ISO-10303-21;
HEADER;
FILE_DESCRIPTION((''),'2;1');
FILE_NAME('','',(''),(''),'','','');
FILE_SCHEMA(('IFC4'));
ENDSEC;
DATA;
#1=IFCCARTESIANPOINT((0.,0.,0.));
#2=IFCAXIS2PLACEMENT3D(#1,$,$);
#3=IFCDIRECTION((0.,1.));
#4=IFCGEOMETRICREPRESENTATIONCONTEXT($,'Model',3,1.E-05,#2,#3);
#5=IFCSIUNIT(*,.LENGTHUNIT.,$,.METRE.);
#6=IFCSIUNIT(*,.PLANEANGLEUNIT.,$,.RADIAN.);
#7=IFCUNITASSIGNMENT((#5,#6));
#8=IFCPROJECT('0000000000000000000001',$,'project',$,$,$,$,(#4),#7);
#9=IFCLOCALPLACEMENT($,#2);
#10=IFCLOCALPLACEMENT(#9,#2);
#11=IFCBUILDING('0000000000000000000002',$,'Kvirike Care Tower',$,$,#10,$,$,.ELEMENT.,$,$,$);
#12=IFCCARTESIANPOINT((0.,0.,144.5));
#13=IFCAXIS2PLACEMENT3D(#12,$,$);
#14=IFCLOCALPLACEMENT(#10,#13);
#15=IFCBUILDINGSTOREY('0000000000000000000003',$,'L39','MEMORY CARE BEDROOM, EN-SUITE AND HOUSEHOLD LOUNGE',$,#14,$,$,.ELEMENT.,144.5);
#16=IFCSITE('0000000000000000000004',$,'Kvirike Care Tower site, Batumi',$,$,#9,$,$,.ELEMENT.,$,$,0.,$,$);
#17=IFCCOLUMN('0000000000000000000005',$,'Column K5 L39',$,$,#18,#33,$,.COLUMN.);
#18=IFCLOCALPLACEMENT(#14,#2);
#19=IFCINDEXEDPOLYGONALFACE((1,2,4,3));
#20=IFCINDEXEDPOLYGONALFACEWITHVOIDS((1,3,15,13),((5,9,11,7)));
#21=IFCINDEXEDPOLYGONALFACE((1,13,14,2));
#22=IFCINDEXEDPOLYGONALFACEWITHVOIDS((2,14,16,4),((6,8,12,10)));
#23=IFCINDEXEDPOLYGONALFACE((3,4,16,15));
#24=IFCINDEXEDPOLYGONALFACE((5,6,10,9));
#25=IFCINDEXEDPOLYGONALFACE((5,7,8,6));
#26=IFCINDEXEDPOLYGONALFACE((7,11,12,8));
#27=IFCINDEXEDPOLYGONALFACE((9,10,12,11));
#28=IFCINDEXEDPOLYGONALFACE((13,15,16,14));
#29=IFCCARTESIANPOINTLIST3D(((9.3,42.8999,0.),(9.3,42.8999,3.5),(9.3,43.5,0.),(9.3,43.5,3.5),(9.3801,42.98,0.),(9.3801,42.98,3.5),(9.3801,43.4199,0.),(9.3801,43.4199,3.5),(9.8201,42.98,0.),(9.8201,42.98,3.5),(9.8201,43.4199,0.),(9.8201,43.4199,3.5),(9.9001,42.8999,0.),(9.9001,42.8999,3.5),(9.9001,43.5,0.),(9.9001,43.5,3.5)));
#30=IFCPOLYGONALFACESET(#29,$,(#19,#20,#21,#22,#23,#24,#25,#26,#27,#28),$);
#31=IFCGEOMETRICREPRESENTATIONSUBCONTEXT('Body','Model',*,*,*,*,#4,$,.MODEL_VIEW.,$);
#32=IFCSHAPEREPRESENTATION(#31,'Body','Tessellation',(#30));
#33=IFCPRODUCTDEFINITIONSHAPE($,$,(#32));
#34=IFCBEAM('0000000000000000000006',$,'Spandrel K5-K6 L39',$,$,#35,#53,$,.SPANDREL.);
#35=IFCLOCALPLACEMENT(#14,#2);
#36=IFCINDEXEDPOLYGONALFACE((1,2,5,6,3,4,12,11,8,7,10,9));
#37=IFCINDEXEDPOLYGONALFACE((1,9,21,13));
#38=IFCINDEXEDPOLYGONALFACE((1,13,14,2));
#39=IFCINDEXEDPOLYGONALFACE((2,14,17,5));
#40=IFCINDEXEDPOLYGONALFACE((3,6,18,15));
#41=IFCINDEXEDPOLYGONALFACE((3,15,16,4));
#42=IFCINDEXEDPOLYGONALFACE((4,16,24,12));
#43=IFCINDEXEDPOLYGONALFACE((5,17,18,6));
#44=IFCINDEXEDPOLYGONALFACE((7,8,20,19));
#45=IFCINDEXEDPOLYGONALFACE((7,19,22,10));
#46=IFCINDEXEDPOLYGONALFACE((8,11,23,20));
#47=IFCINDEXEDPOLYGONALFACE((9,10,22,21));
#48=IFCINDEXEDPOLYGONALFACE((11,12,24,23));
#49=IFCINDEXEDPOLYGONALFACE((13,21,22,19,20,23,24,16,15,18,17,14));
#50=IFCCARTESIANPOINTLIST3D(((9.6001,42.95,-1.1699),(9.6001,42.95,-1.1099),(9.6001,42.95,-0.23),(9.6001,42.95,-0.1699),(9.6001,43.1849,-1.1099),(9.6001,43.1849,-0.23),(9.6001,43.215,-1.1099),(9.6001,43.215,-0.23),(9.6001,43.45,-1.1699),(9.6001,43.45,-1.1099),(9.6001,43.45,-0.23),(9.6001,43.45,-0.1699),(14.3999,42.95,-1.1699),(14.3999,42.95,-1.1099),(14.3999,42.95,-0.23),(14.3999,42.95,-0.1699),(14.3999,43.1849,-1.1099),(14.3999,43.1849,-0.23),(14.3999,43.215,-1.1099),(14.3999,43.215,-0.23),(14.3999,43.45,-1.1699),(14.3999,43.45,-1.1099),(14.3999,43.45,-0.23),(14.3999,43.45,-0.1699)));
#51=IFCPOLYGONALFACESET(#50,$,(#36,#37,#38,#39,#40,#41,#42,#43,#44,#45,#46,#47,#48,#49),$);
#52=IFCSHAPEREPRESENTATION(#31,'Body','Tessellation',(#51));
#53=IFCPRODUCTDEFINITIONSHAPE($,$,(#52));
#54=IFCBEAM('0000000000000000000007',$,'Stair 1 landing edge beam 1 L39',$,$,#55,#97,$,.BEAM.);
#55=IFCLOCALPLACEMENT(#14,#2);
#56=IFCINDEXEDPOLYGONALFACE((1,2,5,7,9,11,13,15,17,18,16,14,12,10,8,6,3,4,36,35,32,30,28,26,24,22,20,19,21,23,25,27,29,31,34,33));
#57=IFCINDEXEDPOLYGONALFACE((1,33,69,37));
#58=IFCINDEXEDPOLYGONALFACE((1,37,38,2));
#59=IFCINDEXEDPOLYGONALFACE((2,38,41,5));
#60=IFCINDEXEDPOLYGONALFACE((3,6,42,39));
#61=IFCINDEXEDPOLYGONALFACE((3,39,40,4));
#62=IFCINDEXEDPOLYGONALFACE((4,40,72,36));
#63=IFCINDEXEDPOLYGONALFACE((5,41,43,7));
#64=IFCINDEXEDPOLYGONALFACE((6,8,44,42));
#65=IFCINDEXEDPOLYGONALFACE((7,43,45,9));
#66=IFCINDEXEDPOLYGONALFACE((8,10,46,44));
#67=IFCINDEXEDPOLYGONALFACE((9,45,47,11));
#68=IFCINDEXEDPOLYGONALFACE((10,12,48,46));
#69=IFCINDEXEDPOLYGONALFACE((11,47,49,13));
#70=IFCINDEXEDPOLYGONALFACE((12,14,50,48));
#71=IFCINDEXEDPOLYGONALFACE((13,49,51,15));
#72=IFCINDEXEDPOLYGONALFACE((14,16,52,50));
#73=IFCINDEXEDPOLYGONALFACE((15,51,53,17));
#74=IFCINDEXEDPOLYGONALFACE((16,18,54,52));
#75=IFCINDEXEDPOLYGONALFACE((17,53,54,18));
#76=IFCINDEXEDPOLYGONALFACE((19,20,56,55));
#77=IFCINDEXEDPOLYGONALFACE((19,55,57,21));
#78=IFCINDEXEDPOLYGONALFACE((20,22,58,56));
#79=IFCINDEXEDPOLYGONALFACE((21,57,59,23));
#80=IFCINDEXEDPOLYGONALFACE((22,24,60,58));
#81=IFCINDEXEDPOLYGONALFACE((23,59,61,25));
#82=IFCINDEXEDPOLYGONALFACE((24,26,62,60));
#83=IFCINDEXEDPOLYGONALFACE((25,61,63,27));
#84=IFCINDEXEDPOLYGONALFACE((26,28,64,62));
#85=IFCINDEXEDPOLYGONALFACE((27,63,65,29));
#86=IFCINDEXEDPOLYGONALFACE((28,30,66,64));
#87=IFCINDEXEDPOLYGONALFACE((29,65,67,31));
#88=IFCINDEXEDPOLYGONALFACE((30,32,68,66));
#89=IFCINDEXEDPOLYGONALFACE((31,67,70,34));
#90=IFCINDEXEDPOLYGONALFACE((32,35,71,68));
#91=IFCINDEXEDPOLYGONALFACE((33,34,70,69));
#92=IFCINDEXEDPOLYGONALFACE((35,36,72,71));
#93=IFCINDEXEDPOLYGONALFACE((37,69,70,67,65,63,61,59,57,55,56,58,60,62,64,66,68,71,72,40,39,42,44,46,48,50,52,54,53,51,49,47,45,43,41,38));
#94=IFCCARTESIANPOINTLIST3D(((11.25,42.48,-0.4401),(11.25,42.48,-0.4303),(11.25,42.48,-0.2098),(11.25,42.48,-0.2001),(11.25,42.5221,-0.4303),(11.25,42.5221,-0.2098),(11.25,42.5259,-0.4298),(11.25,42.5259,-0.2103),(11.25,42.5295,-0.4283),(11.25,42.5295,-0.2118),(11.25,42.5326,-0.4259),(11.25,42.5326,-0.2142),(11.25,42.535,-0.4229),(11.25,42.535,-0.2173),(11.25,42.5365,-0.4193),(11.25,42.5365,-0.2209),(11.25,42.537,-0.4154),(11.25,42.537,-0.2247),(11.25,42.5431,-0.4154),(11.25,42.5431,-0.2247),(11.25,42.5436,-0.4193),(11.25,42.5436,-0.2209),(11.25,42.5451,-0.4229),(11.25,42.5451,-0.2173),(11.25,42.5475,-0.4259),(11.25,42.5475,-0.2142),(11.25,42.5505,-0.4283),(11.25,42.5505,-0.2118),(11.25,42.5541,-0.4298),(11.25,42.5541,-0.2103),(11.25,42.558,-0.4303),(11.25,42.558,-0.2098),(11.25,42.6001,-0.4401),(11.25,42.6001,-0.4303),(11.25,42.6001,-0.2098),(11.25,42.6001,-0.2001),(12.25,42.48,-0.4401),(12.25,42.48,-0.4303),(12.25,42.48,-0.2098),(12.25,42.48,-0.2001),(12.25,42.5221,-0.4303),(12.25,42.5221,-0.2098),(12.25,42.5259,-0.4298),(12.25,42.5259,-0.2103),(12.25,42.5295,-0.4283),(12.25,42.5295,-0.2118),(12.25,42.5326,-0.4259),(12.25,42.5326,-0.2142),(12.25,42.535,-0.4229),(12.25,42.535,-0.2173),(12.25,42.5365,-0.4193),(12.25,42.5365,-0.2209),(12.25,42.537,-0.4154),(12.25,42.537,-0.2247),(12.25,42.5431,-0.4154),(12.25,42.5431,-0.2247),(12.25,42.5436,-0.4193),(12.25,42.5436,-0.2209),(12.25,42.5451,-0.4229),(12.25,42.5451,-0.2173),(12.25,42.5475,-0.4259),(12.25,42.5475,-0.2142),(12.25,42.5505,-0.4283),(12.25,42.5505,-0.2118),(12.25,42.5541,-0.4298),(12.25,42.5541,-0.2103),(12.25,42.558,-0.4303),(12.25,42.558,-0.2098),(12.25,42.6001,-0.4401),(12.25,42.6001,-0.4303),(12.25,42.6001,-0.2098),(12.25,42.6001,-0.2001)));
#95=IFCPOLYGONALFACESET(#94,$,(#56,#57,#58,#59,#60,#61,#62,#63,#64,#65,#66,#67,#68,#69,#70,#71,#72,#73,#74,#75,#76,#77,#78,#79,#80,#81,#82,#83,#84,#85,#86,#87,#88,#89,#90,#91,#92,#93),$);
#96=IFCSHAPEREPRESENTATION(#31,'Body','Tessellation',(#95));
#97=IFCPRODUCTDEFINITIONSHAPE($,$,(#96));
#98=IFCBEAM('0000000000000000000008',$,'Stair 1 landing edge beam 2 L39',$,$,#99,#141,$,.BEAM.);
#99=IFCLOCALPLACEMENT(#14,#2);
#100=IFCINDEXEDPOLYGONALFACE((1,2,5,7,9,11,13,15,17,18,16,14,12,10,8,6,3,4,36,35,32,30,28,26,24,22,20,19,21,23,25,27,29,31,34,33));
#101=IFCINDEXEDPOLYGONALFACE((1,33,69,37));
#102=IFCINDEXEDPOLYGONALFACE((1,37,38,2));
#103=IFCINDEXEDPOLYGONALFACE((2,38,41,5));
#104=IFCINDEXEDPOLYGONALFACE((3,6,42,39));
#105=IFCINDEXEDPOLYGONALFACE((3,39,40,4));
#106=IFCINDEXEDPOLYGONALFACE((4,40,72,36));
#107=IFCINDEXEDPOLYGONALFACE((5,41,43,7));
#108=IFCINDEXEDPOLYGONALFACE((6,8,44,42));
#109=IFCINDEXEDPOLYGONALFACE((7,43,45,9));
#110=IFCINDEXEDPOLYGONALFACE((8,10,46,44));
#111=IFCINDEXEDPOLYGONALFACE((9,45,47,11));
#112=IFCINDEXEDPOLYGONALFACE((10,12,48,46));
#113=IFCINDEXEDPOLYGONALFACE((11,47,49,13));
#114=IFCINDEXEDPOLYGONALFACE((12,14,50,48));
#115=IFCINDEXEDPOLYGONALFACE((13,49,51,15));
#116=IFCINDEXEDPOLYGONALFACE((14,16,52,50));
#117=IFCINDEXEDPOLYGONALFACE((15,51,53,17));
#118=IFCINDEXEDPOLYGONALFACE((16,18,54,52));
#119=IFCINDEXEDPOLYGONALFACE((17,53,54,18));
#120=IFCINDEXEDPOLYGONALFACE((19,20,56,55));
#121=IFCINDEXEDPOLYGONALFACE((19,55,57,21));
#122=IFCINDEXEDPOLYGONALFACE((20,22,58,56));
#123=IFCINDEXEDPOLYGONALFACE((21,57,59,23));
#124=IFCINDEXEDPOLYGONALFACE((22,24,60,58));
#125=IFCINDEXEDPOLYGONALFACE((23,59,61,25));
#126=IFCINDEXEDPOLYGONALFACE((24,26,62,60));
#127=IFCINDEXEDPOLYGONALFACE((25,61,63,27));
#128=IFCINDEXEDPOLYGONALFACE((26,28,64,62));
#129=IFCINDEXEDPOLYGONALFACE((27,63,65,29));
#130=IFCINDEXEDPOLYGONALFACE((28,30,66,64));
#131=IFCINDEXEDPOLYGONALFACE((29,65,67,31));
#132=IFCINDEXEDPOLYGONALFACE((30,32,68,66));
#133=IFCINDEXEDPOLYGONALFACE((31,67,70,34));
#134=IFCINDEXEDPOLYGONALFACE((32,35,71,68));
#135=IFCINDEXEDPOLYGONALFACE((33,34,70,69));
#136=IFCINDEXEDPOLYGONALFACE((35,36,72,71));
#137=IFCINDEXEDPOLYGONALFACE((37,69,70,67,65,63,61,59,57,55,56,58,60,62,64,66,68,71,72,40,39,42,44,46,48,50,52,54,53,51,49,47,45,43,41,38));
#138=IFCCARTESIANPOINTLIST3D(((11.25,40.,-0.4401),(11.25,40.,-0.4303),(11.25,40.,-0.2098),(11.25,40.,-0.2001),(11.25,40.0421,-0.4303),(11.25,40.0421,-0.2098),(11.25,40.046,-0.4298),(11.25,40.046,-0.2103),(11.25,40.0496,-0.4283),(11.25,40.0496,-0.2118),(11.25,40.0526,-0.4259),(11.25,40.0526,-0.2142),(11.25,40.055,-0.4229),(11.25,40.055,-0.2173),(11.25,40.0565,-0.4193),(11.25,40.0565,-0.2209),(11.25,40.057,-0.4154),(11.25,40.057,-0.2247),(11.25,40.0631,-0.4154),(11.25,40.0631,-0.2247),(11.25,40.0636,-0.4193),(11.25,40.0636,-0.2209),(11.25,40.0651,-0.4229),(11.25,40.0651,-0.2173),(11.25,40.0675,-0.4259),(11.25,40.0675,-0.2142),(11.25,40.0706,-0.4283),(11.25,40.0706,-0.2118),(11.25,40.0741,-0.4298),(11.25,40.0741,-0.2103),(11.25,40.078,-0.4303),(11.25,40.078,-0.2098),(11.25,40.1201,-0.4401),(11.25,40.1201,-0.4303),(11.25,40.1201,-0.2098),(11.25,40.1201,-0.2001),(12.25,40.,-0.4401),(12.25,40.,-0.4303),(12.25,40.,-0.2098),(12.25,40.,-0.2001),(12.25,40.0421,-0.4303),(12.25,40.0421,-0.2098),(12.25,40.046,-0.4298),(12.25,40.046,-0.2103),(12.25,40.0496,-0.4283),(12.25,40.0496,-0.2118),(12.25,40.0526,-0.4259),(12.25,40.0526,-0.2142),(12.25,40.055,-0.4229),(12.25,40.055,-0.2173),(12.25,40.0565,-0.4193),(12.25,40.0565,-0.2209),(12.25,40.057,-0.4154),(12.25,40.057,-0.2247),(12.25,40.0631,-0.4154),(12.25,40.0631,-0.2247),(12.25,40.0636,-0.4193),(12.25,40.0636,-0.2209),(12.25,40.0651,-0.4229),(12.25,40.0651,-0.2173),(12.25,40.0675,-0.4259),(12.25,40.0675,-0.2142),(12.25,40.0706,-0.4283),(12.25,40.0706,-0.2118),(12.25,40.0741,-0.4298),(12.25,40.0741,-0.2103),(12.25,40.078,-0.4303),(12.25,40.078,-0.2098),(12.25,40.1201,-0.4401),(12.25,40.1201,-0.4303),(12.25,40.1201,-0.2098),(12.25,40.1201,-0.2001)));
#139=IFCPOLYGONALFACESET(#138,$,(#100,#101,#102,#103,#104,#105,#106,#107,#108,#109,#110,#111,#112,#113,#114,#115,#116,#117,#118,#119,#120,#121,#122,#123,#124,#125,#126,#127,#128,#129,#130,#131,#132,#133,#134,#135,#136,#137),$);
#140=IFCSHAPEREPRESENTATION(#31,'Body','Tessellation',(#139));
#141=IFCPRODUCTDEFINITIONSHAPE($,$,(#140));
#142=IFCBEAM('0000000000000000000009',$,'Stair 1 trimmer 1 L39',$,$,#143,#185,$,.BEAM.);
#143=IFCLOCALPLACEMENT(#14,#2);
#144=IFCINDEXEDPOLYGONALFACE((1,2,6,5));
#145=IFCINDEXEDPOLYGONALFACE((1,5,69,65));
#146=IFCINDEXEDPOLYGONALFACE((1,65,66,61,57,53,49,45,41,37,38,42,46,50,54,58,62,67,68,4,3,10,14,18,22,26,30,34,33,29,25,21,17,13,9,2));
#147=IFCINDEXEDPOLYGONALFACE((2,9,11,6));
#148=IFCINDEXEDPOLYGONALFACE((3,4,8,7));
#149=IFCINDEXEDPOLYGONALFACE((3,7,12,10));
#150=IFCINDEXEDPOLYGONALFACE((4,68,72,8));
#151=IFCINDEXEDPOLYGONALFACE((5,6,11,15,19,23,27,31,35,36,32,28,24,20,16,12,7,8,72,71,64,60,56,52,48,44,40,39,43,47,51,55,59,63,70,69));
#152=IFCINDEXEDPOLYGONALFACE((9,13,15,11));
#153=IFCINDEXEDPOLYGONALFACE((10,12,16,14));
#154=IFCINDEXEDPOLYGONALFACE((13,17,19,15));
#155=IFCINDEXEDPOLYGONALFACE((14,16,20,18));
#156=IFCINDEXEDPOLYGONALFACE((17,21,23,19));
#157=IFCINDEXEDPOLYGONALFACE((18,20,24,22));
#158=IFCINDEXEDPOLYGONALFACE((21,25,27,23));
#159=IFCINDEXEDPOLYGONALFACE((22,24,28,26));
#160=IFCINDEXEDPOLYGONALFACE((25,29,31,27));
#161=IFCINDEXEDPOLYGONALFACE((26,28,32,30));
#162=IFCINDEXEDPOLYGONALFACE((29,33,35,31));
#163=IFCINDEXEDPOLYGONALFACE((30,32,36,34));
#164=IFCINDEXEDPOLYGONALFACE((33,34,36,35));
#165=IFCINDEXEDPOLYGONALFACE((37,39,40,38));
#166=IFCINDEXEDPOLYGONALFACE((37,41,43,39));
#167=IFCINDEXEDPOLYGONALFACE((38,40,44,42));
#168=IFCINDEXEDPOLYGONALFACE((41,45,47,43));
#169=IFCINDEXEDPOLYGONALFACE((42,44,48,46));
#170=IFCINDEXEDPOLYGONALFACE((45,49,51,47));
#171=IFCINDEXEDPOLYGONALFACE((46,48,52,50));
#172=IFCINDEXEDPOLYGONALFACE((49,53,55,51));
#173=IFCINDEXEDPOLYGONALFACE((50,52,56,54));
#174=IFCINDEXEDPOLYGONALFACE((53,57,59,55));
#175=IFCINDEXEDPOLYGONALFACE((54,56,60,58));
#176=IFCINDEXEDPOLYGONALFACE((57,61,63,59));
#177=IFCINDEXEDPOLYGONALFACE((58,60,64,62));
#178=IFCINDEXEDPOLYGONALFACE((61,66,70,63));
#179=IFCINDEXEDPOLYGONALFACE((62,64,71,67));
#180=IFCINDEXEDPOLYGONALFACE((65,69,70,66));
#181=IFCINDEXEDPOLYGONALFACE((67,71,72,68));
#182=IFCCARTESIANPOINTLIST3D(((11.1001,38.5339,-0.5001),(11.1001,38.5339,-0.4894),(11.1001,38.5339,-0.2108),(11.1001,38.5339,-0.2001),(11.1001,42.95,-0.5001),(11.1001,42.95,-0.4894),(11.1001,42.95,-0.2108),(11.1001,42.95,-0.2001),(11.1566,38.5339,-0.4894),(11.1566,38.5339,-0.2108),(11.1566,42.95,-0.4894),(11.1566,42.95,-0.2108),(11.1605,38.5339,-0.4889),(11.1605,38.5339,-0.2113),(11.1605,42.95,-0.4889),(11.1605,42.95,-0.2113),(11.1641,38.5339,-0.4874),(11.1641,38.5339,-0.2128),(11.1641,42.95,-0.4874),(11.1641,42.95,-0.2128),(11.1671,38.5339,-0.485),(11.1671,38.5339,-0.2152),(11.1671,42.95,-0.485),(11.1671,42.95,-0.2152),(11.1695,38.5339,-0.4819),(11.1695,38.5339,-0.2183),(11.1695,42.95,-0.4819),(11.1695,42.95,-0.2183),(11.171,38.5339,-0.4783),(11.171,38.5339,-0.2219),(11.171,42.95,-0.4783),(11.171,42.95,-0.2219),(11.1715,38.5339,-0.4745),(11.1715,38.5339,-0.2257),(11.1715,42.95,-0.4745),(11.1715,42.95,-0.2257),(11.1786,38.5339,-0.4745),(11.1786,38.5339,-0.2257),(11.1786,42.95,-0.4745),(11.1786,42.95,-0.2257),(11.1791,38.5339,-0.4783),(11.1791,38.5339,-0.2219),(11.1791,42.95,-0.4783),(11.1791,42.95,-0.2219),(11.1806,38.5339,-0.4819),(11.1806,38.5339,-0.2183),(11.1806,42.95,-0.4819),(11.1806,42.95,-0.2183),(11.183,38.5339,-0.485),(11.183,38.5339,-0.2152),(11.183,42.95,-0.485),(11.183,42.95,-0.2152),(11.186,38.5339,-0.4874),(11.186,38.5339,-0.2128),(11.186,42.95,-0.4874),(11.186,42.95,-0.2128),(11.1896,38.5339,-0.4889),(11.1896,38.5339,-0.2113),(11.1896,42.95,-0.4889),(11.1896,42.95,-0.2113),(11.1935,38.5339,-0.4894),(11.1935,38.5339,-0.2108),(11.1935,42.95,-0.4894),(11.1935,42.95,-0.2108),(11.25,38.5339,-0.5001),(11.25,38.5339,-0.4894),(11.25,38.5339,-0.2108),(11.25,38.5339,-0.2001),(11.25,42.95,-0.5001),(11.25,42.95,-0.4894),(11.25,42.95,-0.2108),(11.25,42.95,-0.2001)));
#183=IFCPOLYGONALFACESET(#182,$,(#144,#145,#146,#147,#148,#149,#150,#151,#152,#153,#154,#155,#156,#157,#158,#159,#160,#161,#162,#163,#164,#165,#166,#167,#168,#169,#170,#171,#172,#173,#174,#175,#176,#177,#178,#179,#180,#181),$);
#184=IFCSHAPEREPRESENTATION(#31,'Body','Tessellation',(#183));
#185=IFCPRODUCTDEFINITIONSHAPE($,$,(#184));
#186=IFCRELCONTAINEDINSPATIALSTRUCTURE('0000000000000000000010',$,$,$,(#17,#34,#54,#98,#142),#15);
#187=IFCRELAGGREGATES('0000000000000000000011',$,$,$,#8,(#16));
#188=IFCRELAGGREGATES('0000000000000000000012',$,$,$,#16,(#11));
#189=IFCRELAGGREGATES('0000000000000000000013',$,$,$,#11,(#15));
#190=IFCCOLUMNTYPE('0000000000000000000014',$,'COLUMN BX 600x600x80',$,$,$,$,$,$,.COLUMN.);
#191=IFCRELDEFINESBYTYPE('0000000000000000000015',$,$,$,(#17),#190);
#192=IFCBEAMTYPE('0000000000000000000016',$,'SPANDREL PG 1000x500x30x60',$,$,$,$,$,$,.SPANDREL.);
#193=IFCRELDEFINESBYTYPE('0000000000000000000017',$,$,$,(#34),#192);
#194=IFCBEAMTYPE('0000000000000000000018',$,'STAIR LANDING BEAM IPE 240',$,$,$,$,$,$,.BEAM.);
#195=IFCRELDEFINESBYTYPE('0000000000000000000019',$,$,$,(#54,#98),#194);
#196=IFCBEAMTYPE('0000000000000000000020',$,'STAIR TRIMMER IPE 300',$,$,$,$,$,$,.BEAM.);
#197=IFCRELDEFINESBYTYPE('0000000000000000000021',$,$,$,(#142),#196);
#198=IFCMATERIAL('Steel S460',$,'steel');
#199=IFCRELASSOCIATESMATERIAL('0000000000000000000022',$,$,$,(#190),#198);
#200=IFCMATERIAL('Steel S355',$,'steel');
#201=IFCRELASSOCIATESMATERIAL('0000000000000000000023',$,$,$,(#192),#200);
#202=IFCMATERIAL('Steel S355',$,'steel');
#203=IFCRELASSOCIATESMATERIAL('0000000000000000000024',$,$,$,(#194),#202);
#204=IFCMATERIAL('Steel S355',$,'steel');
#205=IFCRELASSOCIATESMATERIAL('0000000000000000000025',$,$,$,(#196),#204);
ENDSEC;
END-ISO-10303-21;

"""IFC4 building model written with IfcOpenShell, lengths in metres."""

from ifc_helpers import new_model, si_unit, direction, frame, origin, origin_2d, place, context, subcontext, project, spatial, hollow_rectangle, i_section, extrude, material, material_profile, profile_set, type_object, element, save


model = new_model("IFC4")

# Units and contexts
model_context = context("Model", 3, precision=1e-05, world=origin(), true_north=direction((0.0, 1.0)))
body_context = subcontext(model_context, "Body", "Model", "MODEL_VIEW")
ifc_project = project(units=[si_unit("LENGTHUNIT", "METRE"), si_unit("PLANEANGLEUNIT", "RADIAN")], contexts=[model_context])

# Site, building, storey
site_placement = place(None, origin())
site = spatial("IfcSite", under=ifc_project, at=site_placement, Name="Kvirike Care Tower site, Batumi", CompositionType="ELEMENT", RefElevation=0.0)
building_placement = place(site_placement, origin())
building = spatial("IfcBuilding", under=site, at=building_placement, Name="Kvirike Care Tower", CompositionType="ELEMENT")
storey_placement = place(building_placement, frame((0.0, 0.0, 144.5)))
storey = spatial("IfcBuildingStorey", under=building, at=storey_placement, Name="L39", Description="MEMORY CARE BEDROOM, EN-SUITE AND HOUSEHOLD LOUNGE", CompositionType="ELEMENT", Elevation=144.5)

# Column
ifc_material_1 = material(Name="Steel S460", Category="steel")
ifc_material_profile_1 = material_profile(ifc_material_1, hollow_rectangle(XDim=0.6001, YDim=0.6001, WallThickness=0.0801, at=origin_2d()), Name="BX 600x600x80")
ifc_profile_set_1 = profile_set([ifc_material_profile_1], Name="Steel S460")
column_type = type_object("IfcColumnType", Name="COLUMN BX 600x600x80", PredefinedType="COLUMN", material=ifc_profile_set_1)
column_placement = place(storey_placement, frame((9.6001, 43.2, 0.0), z_axis=(0.0, 0.0, 1.0), x_axis=(0.0, 1.0, 0.0)))
element("IfcColumn", 1, at=column_placement, inside=storey, type_object=column_type, Name="Column K5 L39", PredefinedType="COLUMN", context=body_context, shape_type="SweptSolid", body=[
    extrude(hollow_rectangle(XDim=0.6001, YDim=0.6001, WallThickness=0.0801, at=origin_2d()), origin(), (0.0, 0.0, 1.0), 3.5),
])

# Beams
ifc_material_2 = material(Name="Steel S355", Category="steel")
ifc_material_profile_2 = material_profile(ifc_material_2, i_section(OverallWidth=0.5, OverallDepth=1.0, WebThickness=0.03, FlangeThickness=0.0601, at=origin_2d()), Name="PG 1000x500x30x60")
ifc_profile_set_2 = profile_set([ifc_material_profile_2], Name="Steel S355")
beam_type_1 = type_object("IfcBeamType", Name="SPANDREL PG 1000x500x30x60", PredefinedType="SPANDREL", material=ifc_profile_set_2)
beam_placement = place(storey_placement, frame((9.6001, 43.2, -0.6699), z_axis=(1.0, 0.0, 0.0), x_axis=(0.0, 1.0, 0.0)))
element("IfcBeam", 2, at=beam_placement, inside=storey, type_object=beam_type_1, Name="Spandrel K5-K6 L39", PredefinedType="SPANDREL", context=body_context, shape_type="SweptSolid", body=[
    extrude(i_section(OverallWidth=0.5, OverallDepth=1.0, WebThickness=0.03, FlangeThickness=0.0601, at=origin_2d()), origin(), (0.0, 0.0, 1.0), 4.7998),
])
ifc_material_3 = material(Name="Steel S355", Category="steel")
ifc_material_profile_3 = material_profile(ifc_material_3, i_section(OverallWidth=0.1201, OverallDepth=0.24, WebThickness=0.0061, FlangeThickness=0.0098, FilletRadius=0.0149, at=origin_2d()), Name="IPE 240")
ifc_profile_set_3 = profile_set([ifc_material_profile_3], Name="Steel S355")
beam_type_2 = type_object("IfcBeamType", Name="STAIR LANDING BEAM IPE 240", PredefinedType="BEAM", material=ifc_profile_set_3)
for number, where, z_axis, x_axis, name in (
    (3, (11.25, 42.54, -0.3201), (1.0, 0.0, 0.0), (0.0, 1.0, 0.0), "Stair 1 landing edge beam 1 L39"),
    (4, (11.25, 40.0601, -0.3201), (1.0, 0.0, 0.0), (0.0, 1.0, 0.0), "Stair 1 landing edge beam 2 L39"),
):
    element("IfcBeam", number, at=place(storey_placement, frame(where, z_axis=z_axis, x_axis=x_axis)), inside=storey, type_object=beam_type_2, Name=name, PredefinedType="BEAM", context=body_context, shape_type="SweptSolid", body=[
        extrude(i_section(OverallWidth=0.1201, OverallDepth=0.24, WebThickness=0.0061, FlangeThickness=0.0098, FilletRadius=0.0149, at=origin_2d()), origin(), (0.0, 0.0, 1.0), 1.0),
    ])
ifc_material_4 = material(Name="Steel S355", Category="steel")
ifc_material_profile_4 = material_profile(ifc_material_4, i_section(OverallWidth=0.1499, OverallDepth=0.3, WebThickness=0.0071, FlangeThickness=0.0107, FilletRadius=0.0149, at=origin_2d()), Name="IPE 300")
ifc_profile_set_4 = profile_set([ifc_material_profile_4], Name="Steel S355")
beam_type_3 = type_object("IfcBeamType", Name="STAIR TRIMMER IPE 300", PredefinedType="BEAM", material=ifc_profile_set_4)
for number, where, z_axis, x_axis, name in (
    (5, (11.175, 42.95, -0.3501), (0.0, -1.0, 0.0), (1.0, 0.0, 0.0), "Stair 1 trimmer 1 L39"),
):
    element("IfcBeam", number, at=place(storey_placement, frame(where, z_axis=z_axis, x_axis=x_axis)), inside=storey, type_object=beam_type_3, Name=name, PredefinedType="BEAM", context=body_context, shape_type="SweptSolid", body=[
        extrude(i_section(OverallWidth=0.1499, OverallDepth=0.3, WebThickness=0.0071, FlangeThickness=0.0107, FilletRadius=0.0149, at=origin_2d()), origin(), (0.0, 0.0, 1.0), 4.416),
    ])

save(model, "model.ifc")
